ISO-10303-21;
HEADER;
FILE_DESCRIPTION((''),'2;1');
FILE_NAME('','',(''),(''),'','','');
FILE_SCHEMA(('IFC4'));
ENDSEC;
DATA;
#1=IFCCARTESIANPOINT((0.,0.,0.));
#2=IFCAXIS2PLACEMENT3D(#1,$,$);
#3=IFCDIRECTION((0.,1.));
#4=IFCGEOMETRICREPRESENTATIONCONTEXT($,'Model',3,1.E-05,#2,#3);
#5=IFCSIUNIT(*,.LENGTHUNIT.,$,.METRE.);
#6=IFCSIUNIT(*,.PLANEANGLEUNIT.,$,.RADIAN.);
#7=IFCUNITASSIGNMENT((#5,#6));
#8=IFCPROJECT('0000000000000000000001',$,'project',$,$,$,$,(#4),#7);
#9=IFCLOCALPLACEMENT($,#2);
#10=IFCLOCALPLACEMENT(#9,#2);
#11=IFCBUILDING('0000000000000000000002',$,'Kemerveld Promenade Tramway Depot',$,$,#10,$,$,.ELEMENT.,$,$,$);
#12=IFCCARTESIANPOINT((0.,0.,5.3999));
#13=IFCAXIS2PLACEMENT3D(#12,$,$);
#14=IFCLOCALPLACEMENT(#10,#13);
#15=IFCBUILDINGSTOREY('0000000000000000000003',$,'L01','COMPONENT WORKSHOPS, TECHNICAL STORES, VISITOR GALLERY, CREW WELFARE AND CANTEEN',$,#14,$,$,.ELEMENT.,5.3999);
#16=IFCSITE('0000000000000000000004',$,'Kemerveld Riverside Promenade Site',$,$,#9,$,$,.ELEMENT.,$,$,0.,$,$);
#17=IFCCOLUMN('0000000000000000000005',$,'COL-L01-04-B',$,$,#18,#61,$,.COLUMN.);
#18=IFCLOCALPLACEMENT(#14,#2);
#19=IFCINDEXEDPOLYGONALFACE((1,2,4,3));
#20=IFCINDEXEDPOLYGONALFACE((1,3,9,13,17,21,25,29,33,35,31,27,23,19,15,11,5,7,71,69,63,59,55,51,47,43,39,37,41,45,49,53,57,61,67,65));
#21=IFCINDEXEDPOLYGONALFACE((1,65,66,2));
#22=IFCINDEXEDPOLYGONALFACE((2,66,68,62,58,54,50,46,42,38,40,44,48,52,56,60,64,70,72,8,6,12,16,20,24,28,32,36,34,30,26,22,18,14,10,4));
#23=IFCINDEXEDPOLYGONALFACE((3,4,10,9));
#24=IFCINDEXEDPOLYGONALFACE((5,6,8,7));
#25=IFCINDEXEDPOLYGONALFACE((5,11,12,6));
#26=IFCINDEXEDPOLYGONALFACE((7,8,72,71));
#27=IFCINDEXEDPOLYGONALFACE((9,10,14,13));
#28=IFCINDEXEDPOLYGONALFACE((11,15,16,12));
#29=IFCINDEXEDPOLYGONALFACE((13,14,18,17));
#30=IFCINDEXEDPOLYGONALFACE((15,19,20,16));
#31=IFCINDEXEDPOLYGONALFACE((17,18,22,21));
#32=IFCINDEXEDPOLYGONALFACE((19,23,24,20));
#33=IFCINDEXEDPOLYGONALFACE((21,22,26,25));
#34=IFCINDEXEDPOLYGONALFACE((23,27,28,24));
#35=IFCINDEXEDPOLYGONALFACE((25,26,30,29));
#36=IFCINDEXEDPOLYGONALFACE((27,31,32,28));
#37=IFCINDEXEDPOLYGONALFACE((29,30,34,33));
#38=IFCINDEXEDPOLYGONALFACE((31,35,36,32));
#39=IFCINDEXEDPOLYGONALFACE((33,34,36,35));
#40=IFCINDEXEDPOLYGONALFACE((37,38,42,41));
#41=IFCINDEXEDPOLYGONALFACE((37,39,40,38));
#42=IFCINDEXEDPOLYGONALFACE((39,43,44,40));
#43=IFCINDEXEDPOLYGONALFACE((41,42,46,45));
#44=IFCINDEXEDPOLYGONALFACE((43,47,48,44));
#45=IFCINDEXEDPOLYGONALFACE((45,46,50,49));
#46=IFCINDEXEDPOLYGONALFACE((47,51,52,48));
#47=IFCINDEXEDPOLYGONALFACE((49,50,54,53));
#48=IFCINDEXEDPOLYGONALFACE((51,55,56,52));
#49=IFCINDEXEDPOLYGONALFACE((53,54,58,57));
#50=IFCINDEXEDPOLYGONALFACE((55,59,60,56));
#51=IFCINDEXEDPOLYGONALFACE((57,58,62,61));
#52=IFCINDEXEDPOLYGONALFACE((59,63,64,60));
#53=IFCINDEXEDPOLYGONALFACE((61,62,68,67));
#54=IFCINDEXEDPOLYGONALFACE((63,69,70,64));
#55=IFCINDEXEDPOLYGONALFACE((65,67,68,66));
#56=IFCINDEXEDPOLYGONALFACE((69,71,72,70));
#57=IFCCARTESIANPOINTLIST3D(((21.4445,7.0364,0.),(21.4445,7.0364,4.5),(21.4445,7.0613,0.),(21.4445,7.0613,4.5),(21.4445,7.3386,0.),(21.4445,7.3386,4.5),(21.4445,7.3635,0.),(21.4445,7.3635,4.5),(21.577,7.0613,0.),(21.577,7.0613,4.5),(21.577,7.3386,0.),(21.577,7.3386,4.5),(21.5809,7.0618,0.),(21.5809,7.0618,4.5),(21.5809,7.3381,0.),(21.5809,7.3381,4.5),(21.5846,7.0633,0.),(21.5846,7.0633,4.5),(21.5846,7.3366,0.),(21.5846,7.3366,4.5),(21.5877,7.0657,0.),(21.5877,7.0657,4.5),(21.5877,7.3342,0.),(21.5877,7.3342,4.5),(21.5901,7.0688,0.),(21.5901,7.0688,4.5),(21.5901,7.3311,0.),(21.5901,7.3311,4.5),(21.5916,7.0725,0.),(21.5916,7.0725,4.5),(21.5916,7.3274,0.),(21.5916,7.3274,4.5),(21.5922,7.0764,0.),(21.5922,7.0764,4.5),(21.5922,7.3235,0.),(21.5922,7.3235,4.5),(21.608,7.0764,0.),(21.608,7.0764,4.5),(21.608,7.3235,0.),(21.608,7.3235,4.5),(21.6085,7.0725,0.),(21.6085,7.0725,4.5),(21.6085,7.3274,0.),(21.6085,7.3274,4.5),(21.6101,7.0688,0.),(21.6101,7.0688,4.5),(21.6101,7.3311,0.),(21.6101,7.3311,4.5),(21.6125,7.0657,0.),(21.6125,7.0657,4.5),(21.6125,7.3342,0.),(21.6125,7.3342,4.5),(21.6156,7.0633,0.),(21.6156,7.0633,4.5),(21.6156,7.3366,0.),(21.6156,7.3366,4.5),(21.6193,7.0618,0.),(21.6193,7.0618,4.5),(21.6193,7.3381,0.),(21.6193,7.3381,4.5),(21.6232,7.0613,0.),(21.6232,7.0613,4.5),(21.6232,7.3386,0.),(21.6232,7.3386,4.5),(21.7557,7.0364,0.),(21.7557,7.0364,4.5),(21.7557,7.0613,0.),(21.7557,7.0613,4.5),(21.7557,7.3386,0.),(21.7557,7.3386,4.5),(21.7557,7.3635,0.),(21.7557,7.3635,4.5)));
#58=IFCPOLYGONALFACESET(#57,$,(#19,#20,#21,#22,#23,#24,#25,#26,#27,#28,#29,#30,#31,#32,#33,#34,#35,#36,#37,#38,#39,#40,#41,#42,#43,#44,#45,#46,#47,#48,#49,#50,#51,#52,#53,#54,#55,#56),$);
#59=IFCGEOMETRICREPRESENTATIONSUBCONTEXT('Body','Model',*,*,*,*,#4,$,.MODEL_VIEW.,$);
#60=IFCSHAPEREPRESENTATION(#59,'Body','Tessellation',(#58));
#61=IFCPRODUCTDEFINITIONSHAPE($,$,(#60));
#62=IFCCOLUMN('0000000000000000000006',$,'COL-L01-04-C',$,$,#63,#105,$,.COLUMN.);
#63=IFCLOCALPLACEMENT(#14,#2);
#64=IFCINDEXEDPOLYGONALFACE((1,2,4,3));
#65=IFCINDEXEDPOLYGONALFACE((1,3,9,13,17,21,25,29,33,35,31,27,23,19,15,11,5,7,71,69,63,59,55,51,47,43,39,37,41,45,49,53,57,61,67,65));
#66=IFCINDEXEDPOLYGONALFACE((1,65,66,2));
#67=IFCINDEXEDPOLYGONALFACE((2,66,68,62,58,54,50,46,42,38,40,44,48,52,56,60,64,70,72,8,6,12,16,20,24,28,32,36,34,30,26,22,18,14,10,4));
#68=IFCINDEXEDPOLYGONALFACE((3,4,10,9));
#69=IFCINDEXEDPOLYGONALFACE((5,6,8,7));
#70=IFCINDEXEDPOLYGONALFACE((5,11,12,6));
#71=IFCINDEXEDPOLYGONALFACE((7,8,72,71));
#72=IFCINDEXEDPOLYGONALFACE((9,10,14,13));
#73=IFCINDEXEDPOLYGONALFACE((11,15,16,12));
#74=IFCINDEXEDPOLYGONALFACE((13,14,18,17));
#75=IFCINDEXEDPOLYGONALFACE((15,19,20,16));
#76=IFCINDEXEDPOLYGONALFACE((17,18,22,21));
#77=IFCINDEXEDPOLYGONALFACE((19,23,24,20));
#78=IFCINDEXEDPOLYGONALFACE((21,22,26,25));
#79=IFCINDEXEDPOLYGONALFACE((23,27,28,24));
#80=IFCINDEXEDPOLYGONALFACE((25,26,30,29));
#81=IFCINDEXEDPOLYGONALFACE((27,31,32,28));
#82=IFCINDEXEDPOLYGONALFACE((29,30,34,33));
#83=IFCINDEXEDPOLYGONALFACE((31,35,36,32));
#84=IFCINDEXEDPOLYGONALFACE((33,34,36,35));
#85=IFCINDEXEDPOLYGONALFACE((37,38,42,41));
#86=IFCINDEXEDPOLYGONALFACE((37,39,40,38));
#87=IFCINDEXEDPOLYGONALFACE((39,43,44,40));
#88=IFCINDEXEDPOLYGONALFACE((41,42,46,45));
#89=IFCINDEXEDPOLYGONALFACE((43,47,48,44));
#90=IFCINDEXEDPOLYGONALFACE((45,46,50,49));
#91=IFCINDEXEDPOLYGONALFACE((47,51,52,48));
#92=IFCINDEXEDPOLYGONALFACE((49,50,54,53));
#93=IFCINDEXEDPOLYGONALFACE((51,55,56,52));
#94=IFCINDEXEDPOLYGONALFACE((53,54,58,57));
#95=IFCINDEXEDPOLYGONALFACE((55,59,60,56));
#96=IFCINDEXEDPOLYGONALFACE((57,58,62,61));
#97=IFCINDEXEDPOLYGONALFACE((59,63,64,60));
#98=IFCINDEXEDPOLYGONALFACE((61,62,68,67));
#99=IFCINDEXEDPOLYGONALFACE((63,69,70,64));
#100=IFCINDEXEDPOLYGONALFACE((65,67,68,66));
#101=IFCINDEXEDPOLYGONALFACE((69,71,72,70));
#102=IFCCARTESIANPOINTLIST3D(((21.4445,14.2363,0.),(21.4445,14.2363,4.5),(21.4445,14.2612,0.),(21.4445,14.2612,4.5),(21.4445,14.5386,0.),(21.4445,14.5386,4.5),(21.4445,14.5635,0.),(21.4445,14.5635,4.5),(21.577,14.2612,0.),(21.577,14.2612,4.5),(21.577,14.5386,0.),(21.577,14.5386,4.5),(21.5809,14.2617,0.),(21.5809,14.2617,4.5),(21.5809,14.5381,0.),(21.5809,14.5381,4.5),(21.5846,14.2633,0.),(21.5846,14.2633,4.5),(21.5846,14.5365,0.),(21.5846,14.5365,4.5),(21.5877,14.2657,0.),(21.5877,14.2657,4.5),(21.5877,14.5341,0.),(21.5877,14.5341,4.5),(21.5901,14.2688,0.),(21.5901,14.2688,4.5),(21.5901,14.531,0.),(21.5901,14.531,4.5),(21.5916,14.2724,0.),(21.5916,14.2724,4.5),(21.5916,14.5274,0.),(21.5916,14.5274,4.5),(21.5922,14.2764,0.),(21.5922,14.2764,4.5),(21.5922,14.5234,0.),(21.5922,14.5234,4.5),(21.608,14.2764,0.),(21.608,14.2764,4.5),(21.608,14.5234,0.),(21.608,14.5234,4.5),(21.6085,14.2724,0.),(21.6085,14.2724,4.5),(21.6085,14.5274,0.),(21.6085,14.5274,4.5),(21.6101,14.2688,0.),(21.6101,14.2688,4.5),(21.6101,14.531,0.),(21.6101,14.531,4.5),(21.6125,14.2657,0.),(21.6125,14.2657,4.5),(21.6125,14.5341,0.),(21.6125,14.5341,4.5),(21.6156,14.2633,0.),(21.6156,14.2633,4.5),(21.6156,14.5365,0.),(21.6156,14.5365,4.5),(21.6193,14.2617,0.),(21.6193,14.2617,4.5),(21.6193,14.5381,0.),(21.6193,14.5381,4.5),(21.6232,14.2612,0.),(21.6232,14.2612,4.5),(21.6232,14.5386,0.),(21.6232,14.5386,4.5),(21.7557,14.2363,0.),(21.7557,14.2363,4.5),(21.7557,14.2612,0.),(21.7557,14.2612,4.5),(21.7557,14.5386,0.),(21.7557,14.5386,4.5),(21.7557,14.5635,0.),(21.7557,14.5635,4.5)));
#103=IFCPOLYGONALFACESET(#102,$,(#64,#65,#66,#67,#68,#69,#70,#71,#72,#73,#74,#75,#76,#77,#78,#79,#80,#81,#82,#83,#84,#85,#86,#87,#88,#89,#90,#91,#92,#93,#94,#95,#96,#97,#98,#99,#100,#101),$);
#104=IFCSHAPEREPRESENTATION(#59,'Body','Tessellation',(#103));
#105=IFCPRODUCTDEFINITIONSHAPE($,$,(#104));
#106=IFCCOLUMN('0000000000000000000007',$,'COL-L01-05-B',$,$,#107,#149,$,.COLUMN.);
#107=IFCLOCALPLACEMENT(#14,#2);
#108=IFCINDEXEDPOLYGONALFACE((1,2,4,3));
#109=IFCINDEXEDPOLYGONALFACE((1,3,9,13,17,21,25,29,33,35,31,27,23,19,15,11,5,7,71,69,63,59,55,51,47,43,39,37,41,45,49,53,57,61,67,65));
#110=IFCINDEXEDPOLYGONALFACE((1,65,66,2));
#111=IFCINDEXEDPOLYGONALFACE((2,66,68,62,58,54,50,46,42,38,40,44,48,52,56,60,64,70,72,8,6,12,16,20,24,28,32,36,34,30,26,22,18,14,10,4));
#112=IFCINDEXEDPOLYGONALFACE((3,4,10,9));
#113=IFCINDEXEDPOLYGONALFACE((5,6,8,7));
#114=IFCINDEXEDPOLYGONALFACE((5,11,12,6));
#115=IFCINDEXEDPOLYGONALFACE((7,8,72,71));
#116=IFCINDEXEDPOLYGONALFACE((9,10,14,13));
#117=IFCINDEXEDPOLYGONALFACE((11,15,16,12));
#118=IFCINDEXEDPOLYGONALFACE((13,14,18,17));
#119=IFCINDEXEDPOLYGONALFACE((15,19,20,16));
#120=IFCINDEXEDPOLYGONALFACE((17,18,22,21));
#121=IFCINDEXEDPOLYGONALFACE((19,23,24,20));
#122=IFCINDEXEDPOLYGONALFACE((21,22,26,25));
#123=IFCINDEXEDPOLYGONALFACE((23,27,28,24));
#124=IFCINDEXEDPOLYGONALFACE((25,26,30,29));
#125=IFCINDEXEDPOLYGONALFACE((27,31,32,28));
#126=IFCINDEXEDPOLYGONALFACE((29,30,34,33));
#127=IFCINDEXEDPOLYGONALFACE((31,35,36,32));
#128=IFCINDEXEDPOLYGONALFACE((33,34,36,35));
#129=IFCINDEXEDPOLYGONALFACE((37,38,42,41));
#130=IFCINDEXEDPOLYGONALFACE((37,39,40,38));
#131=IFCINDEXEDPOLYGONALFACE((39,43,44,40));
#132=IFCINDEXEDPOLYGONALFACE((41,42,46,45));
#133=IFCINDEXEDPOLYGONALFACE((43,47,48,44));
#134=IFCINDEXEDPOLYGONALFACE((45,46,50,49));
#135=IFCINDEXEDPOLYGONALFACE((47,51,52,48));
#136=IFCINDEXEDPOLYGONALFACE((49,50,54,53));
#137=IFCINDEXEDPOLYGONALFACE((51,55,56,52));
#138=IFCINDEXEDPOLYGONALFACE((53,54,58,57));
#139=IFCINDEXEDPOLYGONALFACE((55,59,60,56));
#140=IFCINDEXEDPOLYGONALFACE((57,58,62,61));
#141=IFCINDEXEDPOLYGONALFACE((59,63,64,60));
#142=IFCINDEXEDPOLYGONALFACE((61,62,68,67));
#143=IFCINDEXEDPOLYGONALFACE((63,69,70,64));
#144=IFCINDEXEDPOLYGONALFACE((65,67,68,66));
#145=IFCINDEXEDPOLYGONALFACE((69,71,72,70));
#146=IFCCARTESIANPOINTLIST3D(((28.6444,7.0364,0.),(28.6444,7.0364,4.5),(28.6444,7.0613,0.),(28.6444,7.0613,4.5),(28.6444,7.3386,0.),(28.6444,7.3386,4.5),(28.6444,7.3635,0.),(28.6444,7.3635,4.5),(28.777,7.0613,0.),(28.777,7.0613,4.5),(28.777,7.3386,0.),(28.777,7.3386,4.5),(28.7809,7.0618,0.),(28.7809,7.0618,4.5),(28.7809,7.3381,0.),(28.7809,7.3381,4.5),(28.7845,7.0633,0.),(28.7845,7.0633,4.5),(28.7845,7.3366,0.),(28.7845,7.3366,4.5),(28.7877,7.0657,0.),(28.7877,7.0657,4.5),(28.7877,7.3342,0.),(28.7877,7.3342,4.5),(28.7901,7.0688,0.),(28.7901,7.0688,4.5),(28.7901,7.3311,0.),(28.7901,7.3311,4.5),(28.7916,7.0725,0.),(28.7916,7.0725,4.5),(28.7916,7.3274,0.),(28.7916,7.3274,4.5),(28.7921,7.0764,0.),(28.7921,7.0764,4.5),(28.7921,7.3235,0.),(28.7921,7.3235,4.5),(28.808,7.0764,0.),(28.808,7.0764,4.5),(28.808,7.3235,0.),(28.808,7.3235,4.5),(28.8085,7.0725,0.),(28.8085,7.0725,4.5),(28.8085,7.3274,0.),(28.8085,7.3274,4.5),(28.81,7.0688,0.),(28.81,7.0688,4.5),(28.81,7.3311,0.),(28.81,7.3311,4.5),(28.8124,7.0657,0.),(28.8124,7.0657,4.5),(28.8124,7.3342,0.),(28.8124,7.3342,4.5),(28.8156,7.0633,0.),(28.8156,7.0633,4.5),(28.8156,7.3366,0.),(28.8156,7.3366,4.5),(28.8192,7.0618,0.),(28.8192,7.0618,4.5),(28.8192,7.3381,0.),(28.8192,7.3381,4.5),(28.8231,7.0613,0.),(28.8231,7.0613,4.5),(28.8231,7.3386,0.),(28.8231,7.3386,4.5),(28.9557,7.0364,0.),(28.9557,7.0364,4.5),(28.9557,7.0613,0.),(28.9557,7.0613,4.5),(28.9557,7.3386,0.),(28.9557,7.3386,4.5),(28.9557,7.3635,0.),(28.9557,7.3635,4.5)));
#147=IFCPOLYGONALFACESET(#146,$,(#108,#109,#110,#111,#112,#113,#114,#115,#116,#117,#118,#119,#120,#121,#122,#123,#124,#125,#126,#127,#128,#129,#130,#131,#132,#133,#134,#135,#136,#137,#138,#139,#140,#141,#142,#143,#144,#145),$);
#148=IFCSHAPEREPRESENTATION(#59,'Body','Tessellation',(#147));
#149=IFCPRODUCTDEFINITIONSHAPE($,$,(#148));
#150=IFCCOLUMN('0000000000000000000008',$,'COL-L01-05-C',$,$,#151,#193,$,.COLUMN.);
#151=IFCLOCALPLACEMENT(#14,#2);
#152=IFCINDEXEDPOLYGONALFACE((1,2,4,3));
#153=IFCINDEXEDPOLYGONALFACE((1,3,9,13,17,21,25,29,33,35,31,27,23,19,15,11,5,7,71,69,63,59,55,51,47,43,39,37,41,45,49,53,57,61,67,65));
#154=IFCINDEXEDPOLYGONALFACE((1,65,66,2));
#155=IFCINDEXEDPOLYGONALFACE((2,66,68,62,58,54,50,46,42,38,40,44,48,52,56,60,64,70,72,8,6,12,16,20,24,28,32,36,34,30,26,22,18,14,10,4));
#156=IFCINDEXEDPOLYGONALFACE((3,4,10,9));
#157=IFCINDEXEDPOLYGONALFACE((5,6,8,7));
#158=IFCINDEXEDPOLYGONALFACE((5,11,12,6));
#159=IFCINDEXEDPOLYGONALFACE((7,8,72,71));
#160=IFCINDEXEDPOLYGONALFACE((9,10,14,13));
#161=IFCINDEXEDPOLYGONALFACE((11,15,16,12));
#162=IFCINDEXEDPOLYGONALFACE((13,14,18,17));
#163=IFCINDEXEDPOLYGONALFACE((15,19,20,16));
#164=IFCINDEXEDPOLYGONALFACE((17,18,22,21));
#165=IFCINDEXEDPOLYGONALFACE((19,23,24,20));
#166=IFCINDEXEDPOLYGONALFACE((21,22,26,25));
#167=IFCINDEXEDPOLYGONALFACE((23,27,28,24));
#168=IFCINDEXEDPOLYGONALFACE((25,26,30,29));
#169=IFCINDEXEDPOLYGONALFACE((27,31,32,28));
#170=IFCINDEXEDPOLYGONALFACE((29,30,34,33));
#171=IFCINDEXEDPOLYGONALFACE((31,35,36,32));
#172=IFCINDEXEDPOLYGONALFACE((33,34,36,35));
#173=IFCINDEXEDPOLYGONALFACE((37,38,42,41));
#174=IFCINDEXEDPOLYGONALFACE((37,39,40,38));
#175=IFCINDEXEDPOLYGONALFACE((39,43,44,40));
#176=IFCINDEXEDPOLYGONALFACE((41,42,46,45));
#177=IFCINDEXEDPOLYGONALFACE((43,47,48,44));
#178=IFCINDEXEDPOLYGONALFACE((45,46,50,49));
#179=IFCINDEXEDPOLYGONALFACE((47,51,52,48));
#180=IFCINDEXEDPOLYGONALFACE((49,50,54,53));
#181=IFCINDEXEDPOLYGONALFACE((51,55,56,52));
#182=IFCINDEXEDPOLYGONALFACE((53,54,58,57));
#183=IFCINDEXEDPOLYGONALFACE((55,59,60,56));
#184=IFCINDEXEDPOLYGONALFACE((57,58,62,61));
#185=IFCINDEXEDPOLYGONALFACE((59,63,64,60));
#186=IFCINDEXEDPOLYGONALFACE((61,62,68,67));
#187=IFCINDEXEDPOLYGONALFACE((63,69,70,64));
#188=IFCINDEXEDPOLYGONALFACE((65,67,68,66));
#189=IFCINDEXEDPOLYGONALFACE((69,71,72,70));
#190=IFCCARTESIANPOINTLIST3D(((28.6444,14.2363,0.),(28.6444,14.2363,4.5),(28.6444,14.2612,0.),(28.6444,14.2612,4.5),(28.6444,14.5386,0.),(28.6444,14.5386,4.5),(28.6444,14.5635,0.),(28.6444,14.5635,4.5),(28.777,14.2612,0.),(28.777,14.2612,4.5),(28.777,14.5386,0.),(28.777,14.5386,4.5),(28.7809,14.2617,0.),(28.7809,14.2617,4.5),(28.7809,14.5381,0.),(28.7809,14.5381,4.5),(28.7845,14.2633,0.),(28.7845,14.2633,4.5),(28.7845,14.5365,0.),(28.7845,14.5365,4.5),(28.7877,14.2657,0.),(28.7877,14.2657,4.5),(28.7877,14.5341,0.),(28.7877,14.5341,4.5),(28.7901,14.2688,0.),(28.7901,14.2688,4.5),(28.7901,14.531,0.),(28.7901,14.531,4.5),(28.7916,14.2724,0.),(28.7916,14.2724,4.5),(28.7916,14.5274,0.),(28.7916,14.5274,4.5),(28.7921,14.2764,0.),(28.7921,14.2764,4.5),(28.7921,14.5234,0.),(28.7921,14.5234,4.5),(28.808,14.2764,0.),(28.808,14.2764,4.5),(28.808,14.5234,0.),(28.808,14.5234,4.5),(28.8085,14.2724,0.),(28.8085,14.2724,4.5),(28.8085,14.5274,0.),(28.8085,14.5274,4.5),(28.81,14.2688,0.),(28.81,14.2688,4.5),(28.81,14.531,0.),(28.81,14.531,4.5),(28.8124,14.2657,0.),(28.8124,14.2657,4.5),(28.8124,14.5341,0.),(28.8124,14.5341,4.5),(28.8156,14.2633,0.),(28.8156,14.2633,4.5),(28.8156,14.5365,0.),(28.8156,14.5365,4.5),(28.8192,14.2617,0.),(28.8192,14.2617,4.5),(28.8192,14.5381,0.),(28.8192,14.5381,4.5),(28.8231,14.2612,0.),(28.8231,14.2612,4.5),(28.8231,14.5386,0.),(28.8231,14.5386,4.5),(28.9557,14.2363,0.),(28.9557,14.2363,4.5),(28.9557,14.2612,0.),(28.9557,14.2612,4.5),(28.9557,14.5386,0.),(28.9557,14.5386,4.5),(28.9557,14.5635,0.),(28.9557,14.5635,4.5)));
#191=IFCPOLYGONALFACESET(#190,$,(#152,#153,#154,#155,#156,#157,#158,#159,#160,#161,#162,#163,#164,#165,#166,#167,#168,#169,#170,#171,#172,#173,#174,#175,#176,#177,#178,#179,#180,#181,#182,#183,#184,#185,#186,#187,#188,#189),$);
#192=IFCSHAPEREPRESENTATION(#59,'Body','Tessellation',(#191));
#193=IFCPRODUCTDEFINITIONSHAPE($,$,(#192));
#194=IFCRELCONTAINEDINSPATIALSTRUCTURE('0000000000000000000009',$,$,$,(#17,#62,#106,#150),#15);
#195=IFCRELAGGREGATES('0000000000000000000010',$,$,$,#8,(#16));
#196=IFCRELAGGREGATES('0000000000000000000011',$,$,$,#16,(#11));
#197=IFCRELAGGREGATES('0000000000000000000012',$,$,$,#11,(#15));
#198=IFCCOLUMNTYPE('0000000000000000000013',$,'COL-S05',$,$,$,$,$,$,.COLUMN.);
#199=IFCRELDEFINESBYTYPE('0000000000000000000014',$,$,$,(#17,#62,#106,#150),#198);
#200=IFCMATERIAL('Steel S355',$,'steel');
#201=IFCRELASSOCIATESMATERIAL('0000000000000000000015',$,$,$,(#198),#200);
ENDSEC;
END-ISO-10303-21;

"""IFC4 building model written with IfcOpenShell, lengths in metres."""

from ifc_helpers import new_model, si_unit, direction, frame, origin, origin_2d, place, context, subcontext, project, spatial, i_section, extrude, material, material_profile, profile_set, type_object, element, save


model = new_model("IFC4")

# Units and contexts
model_context = context("Model", 3, precision=1e-05, world=origin(), true_north=direction((0.0, 1.0)))
body_context = subcontext(model_context, "Body", "Model", "MODEL_VIEW")
ifc_project = project(units=[si_unit("LENGTHUNIT", "METRE"), si_unit("PLANEANGLEUNIT", "RADIAN")], contexts=[model_context])

# Site, building, storey
site_placement = place(None, origin())
site = spatial("IfcSite", under=ifc_project, at=site_placement, Name="Kemerveld Riverside Promenade Site", CompositionType="ELEMENT", RefElevation=0.0)
building_placement = place(site_placement, origin())
building = spatial("IfcBuilding", under=site, at=building_placement, Name="Kemerveld Promenade Tramway Depot", CompositionType="ELEMENT")
storey_placement = place(building_placement, frame((0.0, 0.0, 5.3999)))
storey = spatial("IfcBuildingStorey", under=building, at=storey_placement, Name="L01", Description="COMPONENT WORKSHOPS, TECHNICAL STORES, VISITOR GALLERY, CREW WELFARE AND CANTEEN", CompositionType="ELEMENT", Elevation=5.3999)

# Columns
ifc_material_1 = material(Name="Steel S355", Category="steel")
ifc_material_profile_1 = material_profile(ifc_material_1, i_section(OverallWidth=0.3113, OverallDepth=0.3271, WebThickness=0.0159, FlangeThickness=0.0249, FilletRadius=0.0151, at=origin_2d()), Name="305x305x158 UC")
ifc_profile_set_1 = profile_set([ifc_material_profile_1], Name="Steel S355")
column_type = type_object("IfcColumnType", Name="COL-S05", PredefinedType="COLUMN", material=ifc_profile_set_1)
for number, where, z_axis, x_axis, name in (
    (1, (21.6001, 7.2, 0.0), (0.0, 0.0, 1.0), (1.0, 0.0, 0.0), "COL-L01-04-B"),
    (2, (21.6001, 14.3999, 0.0), (0.0, 0.0, 1.0), (1.0, 0.0, 0.0), "COL-L01-04-C"),
    (3, (28.8, 7.2, 0.0), (0.0, 0.0, 1.0), (1.0, 0.0, 0.0), "COL-L01-05-B"),
    (4, (28.8, 14.3999, 0.0), (0.0, 0.0, 1.0), (1.0, 0.0, 0.0), "COL-L01-05-C"),
):
    element("IfcColumn", number, at=place(storey_placement, frame(where, z_axis=z_axis, x_axis=x_axis)), inside=storey, type_object=column_type, Name=name, PredefinedType="COLUMN", context=body_context, shape_type="SweptSolid", body=[
        extrude(i_section(OverallWidth=0.3113, OverallDepth=0.3271, WebThickness=0.0159, FlangeThickness=0.0249, FilletRadius=0.0151, at=origin_2d()), origin(), (0.0, 0.0, 1.0), 4.5),
    ])

save(model, "model.ifc")
